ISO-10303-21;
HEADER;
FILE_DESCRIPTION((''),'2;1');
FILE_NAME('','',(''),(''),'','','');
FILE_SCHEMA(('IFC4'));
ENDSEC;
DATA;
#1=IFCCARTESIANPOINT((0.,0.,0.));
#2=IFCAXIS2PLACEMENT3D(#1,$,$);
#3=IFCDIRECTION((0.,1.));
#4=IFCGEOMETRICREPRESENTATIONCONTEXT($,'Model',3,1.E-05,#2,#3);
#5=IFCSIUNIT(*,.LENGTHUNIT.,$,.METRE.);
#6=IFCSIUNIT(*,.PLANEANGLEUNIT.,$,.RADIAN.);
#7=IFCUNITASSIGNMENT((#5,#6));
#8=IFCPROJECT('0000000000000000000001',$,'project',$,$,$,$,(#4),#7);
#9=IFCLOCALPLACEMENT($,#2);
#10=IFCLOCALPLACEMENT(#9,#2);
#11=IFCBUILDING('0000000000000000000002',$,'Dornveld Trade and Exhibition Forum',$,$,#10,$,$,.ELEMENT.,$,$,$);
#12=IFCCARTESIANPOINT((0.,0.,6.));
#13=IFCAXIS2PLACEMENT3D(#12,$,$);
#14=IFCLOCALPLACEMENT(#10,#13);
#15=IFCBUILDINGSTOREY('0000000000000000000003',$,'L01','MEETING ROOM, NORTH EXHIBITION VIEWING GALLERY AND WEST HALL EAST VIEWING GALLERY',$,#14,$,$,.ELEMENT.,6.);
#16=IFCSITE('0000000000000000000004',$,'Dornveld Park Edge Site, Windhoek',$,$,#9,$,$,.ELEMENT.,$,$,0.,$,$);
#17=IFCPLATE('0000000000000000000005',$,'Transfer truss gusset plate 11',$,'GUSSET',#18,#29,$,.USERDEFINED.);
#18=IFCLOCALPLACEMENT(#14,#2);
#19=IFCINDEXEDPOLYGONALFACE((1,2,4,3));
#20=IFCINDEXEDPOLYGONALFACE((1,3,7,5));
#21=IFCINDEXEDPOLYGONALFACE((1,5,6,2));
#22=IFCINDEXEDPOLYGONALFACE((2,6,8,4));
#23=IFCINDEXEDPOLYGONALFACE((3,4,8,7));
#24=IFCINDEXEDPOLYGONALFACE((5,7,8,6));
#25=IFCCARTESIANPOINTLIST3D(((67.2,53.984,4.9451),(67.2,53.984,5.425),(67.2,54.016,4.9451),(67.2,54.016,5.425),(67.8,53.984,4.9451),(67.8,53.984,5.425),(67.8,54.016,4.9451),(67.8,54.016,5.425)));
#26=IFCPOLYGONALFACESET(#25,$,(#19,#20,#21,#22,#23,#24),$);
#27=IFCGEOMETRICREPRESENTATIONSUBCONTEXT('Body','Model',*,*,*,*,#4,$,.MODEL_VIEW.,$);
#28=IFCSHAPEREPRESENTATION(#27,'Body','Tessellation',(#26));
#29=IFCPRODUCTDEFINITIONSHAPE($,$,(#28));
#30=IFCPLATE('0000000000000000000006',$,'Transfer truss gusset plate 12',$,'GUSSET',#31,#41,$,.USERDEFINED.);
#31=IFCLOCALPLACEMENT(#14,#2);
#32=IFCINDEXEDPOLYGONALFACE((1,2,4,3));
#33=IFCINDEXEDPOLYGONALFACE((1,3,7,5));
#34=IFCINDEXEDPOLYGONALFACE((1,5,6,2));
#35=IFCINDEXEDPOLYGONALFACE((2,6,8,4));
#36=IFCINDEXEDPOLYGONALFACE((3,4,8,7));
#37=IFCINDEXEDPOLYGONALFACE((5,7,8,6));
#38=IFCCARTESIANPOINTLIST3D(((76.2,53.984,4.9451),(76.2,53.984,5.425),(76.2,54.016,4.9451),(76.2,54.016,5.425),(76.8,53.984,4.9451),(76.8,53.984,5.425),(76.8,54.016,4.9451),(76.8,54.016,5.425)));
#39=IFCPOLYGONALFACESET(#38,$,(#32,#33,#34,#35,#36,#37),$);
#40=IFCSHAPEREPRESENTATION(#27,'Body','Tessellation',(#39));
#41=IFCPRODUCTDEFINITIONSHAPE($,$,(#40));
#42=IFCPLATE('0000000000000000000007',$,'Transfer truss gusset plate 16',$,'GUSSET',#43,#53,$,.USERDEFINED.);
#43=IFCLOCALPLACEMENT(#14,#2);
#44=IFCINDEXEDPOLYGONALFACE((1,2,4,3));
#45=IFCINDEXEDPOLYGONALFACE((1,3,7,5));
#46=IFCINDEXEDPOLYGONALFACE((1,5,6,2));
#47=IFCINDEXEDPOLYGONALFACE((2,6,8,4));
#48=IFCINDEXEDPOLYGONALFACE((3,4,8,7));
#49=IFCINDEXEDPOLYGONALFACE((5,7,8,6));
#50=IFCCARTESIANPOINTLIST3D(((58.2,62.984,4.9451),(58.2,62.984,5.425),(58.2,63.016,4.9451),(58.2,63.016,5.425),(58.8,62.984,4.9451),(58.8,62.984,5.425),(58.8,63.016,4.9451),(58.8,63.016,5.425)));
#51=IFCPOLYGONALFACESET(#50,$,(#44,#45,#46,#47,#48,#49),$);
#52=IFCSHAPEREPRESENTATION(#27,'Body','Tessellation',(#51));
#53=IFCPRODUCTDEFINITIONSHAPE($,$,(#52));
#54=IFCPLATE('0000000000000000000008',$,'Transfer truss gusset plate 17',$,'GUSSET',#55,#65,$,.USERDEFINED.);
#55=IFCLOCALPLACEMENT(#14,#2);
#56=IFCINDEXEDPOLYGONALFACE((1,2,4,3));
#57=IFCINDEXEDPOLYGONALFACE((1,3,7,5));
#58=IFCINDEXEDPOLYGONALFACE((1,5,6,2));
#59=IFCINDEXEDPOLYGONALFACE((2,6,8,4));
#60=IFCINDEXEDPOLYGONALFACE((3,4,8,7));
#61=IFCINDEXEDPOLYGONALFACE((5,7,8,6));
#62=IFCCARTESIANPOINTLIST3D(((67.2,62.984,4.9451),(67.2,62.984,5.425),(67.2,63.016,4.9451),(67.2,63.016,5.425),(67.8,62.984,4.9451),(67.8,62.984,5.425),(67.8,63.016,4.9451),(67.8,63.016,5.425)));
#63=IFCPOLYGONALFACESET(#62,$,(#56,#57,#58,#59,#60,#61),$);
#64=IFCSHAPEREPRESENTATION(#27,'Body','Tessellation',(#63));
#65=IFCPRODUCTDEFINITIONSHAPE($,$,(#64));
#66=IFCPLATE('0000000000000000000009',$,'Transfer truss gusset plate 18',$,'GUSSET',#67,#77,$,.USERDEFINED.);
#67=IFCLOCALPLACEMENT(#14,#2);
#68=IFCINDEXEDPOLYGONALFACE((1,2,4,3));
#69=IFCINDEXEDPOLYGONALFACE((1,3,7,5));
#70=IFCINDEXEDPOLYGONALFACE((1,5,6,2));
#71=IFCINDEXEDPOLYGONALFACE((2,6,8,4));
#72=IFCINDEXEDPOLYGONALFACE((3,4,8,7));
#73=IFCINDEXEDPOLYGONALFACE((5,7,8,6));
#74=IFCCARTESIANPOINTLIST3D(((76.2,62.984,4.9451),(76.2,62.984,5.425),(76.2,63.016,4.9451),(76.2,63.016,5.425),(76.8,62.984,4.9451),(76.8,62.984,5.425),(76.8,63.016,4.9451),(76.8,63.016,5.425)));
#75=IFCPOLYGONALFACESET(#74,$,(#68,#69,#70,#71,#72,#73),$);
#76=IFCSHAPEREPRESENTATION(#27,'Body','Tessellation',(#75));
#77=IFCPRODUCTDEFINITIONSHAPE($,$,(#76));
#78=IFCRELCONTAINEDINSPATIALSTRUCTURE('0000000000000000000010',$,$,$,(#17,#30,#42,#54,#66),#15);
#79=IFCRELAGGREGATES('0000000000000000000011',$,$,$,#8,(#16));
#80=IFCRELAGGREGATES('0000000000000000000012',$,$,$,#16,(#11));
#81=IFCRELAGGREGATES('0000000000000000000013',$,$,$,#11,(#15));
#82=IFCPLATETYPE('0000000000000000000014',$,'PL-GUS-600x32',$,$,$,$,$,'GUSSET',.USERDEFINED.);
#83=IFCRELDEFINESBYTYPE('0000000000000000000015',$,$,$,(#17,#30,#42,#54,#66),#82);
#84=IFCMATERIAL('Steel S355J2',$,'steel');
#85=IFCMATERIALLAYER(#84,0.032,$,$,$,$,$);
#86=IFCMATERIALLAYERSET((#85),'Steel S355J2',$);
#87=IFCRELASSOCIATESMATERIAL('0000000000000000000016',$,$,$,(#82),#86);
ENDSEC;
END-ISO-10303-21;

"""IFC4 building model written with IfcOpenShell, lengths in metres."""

from ifc_helpers import new_model, si_unit, direction, frame, origin, origin_2d, place, context, subcontext, project, spatial, rectangle, extrude, material, layer, layer_set, type_object, element, save


model = new_model("IFC4")

# Units and contexts
model_context = context("Model", 3, precision=1e-05, world=origin(), true_north=direction((0.0, 1.0)))
body_context = subcontext(model_context, "Body", "Model", "MODEL_VIEW")
ifc_project = project(units=[si_unit("LENGTHUNIT", "METRE"), si_unit("PLANEANGLEUNIT", "RADIAN")], contexts=[model_context])

# Site, building, storey
site_placement = place(None, origin())
site = spatial("IfcSite", under=ifc_project, at=site_placement, Name="Dornveld Park Edge Site, Windhoek", CompositionType="ELEMENT", RefElevation=0.0)
building_placement = place(site_placement, origin())
building = spatial("IfcBuilding", under=site, at=building_placement, Name="Dornveld Trade and Exhibition Forum", CompositionType="ELEMENT")
storey_placement = place(building_placement, frame((0.0, 0.0, 6.0)))
storey = spatial("IfcBuildingStorey", under=building, at=storey_placement, Name="L01", Description="MEETING ROOM, NORTH EXHIBITION VIEWING GALLERY AND WEST HALL EAST VIEWING GALLERY", CompositionType="ELEMENT", Elevation=6.0)

# Plates
ifc_material_1 = material(Name="Steel S355J2", Category="steel")
ifc_layer = layer(ifc_material_1, 0.032)
ifc_layer_set = layer_set([ifc_layer], Name="Steel S355J2")
plate_type = type_object("IfcPlateType", Name="PL-GUS-600x32", ElementType="GUSSET", PredefinedType="USERDEFINED", material=ifc_layer_set)
for number, where, z_axis, x_axis, name in (
    (1, (67.5, 54.0, 4.9451), (0.0, 0.0, 1.0), (1.0, 0.0, 0.0), "Transfer truss gusset plate 11"),
    (2, (76.5, 54.0, 4.9451), (0.0, 0.0, 1.0), (1.0, 0.0, 0.0), "Transfer truss gusset plate 12"),
    (3, (58.5, 63.0, 4.9451), (0.0, 0.0, 1.0), (1.0, 0.0, 0.0), "Transfer truss gusset plate 16"),
    (4, (67.5, 63.0, 4.9451), (0.0, 0.0, 1.0), (1.0, 0.0, 0.0), "Transfer truss gusset plate 17"),
    (5, (76.5, 63.0, 4.9451), (0.0, 0.0, 1.0), (1.0, 0.0, 0.0), "Transfer truss gusset plate 18"),
):
    element("IfcPlate", number, at=place(storey_placement, frame(where, z_axis=z_axis, x_axis=x_axis)), inside=storey, type_object=plate_type, Name=name, ObjectType="GUSSET", PredefinedType="USERDEFINED", context=body_context, shape_type="SweptSolid", body=[
        extrude(rectangle(XDim=0.6001, YDim=0.032, at=origin_2d()), origin(), (0.0, 0.0, 1.0), 0.48),
    ])

save(model, "model.ifc")
